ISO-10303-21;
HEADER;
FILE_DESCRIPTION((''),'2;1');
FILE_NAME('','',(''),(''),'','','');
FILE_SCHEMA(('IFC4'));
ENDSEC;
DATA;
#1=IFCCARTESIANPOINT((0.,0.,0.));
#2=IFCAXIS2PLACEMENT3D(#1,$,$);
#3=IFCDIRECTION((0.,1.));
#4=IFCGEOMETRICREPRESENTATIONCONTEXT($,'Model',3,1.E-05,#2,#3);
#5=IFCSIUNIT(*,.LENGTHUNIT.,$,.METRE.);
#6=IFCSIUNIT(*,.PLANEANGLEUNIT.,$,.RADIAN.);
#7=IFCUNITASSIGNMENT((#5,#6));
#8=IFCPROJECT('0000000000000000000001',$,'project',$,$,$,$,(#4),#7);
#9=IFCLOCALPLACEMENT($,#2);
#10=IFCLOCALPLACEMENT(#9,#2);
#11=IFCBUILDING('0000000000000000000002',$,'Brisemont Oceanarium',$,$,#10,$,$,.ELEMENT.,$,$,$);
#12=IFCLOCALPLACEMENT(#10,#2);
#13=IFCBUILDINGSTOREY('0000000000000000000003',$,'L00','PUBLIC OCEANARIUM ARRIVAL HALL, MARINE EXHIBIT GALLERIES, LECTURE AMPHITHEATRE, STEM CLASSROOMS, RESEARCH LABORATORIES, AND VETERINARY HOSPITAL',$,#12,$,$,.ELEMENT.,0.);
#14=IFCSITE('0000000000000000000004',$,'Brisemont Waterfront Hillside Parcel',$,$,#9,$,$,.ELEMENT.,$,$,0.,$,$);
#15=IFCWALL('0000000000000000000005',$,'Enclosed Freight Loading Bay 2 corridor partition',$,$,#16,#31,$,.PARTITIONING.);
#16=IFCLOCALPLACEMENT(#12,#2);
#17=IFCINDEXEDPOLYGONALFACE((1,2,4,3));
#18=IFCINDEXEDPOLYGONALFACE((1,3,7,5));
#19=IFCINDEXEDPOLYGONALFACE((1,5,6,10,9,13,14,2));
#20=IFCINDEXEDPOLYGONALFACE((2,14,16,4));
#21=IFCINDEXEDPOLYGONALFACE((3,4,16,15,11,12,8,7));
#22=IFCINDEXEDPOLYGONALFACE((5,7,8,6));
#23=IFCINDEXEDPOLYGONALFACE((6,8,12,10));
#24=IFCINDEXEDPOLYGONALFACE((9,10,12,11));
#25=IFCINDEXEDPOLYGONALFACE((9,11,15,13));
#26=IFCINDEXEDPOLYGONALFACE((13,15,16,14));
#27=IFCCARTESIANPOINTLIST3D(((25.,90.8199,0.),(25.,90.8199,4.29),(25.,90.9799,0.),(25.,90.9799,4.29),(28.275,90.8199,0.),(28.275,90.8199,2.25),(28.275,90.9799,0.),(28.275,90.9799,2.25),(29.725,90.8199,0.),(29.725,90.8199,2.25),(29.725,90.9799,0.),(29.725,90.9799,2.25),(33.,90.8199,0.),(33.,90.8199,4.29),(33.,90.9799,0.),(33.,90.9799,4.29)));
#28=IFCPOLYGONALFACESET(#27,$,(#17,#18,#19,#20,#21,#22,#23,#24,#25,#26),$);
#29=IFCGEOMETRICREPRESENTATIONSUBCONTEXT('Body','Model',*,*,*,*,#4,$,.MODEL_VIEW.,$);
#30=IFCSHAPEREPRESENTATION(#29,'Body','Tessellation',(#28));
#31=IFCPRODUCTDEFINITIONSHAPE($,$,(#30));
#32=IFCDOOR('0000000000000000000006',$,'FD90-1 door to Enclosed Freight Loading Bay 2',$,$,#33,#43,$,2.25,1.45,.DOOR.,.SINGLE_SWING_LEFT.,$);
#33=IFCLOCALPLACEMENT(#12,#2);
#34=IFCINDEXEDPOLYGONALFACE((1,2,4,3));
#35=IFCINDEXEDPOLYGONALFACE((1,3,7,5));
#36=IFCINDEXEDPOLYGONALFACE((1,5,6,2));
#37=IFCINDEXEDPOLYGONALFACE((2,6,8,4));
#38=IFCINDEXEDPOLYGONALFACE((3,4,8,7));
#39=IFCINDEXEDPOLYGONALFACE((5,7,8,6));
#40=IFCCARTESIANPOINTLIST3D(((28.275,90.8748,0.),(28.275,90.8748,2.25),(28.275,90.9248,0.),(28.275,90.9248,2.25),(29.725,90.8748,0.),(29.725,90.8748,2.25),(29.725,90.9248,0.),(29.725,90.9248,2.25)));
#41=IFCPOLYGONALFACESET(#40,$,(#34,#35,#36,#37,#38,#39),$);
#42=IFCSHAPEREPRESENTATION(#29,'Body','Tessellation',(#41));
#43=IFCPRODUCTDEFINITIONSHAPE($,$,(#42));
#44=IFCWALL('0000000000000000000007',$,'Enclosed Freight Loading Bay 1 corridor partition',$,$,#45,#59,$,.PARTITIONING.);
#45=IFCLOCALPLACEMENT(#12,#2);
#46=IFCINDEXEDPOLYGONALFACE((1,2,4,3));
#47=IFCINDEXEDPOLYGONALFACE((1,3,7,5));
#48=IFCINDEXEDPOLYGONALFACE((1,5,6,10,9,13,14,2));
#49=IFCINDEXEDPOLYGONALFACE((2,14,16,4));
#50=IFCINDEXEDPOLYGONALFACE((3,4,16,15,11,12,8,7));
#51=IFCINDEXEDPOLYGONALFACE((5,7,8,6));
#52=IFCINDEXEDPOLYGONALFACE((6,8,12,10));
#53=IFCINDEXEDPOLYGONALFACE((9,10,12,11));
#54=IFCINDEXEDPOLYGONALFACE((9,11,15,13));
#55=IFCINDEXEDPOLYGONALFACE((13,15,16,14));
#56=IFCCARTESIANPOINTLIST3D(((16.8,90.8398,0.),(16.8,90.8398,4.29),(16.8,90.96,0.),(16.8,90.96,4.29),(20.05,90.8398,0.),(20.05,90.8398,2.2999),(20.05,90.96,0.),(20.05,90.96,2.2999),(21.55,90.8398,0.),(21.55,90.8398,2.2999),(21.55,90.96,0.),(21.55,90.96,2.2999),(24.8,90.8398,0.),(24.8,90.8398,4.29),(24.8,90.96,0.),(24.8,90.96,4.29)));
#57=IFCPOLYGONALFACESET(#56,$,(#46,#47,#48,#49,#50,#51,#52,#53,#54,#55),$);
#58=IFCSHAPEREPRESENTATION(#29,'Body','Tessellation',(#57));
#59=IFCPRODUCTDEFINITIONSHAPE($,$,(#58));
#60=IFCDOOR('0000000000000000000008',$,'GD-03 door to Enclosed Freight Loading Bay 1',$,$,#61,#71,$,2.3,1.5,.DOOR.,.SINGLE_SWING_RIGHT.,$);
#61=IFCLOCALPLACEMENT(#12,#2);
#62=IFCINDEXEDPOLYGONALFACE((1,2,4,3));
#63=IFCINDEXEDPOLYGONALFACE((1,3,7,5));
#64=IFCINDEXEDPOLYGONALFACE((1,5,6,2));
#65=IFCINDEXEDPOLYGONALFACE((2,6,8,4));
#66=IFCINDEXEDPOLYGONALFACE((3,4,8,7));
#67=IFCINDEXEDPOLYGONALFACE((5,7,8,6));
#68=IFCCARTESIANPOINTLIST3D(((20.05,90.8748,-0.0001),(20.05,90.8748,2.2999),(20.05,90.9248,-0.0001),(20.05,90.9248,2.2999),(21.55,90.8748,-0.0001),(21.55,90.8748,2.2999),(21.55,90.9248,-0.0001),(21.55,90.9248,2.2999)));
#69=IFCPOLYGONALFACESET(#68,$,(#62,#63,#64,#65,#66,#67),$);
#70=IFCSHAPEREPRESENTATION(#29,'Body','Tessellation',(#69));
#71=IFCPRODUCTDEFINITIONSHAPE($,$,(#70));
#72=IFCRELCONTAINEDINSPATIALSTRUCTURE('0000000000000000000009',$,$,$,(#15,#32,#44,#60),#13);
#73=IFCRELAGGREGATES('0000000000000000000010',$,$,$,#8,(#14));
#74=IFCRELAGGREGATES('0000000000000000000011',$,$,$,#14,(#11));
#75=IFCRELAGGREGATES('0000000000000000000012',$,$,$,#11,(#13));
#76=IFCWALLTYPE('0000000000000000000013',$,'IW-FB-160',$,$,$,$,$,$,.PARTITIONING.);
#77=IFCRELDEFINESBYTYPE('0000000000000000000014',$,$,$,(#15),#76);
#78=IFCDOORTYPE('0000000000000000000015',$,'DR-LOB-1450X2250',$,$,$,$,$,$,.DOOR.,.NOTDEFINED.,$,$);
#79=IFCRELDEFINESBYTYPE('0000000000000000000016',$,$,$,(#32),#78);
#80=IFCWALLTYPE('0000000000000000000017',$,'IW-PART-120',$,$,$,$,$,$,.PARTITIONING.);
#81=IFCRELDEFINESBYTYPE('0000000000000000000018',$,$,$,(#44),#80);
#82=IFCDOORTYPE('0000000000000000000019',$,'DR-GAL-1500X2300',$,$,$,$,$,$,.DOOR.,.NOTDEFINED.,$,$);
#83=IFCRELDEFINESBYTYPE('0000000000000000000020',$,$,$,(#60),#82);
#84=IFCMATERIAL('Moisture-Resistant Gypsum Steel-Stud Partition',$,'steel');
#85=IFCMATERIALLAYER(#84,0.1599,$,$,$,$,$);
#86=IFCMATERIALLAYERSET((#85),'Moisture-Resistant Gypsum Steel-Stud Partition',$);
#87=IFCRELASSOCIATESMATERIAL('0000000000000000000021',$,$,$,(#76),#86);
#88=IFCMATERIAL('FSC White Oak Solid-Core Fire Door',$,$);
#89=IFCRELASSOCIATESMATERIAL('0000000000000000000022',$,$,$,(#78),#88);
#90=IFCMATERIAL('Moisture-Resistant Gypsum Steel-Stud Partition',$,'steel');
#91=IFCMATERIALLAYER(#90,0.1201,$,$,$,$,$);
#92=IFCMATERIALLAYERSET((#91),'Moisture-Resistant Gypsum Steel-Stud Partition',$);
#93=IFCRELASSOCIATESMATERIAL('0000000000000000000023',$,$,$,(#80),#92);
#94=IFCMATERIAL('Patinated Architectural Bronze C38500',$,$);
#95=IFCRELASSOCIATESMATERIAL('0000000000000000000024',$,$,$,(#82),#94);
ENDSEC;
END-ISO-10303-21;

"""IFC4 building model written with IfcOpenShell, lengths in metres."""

from ifc_helpers import new_model, si_unit, direction, frame, frame_2d, origin, place, context, subcontext, project, spatial, rectangle, extrude, material, layer, layer_set, type_object, element, fill, save


model = new_model("IFC4")

# Units and contexts
model_context = context("Model", 3, precision=1e-05, world=origin(), true_north=direction((0.0, 1.0)))
body_context = subcontext(model_context, "Body", "Model", "MODEL_VIEW")
ifc_project = project(units=[si_unit("LENGTHUNIT", "METRE"), si_unit("PLANEANGLEUNIT", "RADIAN")], contexts=[model_context])

# Site, building, storey
site_placement = place(None, origin())
site = spatial("IfcSite", under=ifc_project, at=site_placement, Name="Brisemont Waterfront Hillside Parcel", CompositionType="ELEMENT", RefElevation=0.0)
building_placement = place(site_placement, origin())
building = spatial("IfcBuilding", under=site, at=building_placement, Name="Brisemont Oceanarium", CompositionType="ELEMENT")
storey_placement = place(building_placement, origin())
storey = spatial("IfcBuildingStorey", under=building, at=storey_placement, Name="L00", Description="PUBLIC OCEANARIUM ARRIVAL HALL, MARINE EXHIBIT GALLERIES, LECTURE AMPHITHEATRE, STEM CLASSROOMS, RESEARCH LABORATORIES, AND VETERINARY HOSPITAL", CompositionType="ELEMENT", Elevation=0.0)

# Walls, openings, doors
ifc_material_1 = material(Name="Moisture-Resistant Gypsum Steel-Stud Partition", Category="steel")
ifc_layer_1 = layer(ifc_material_1, 0.1599)
ifc_layer_set_1 = layer_set([ifc_layer_1], Name="Moisture-Resistant Gypsum Steel-Stud Partition")
wall_type_1 = type_object("IfcWallType", Name="IW-FB-160", PredefinedType="PARTITIONING", material=ifc_layer_set_1)
wall_1_placement = place(storey_placement, frame((25.0, 90.8999, 0.0), z_axis=(0.0, 0.0, 1.0), x_axis=(1.0, 0.0, 0.0)))
wall_1 = element("IfcWall", 1, at=wall_1_placement, inside=storey, type_object=wall_type_1, Name="Enclosed Freight Loading Bay 2 corridor partition", PredefinedType="PARTITIONING", context=body_context, shape_type="SweptSolid", body=[
    extrude(rectangle(XDim=8.0, YDim=0.1599, at=frame_2d((4.0, 0.0))), origin(), (0.0, 0.0, 1.0), 4.29),
])
opening_1_placement = place(wall_1_placement, frame((3.2749, 0.0, 0.0)))
opening_1 = element("IfcOpeningElement", 2, at=opening_1_placement, cuts=wall_1, PredefinedType="OPENING", context=body_context, shape_type="SweptSolid", body=[
    extrude(rectangle(XDim=1.45, YDim=2.25, at=frame_2d((0.7251, 1.125))), frame((0.0, 0.0898, 0.0), z_axis=(0.0, -1.0, 0.0), x_axis=(1.0, 0.0, 0.0)), (0.0, 0.0, 1.0), 0.1799),
])
ifc_material_2 = material(Name="FSC White Oak Solid-Core Fire Door")
door_type_1 = type_object("IfcDoorType", Name="DR-LOB-1450X2250", OperationType="NOTDEFINED", PredefinedType="DOOR", material=ifc_material_2)
door_1_placement = place(opening_1_placement, origin())
door_1 = element("IfcDoor", 3, at=door_1_placement, inside=storey, type_object=door_type_1, Name="FD90-1 door to Enclosed Freight Loading Bay 2", OperationType="SINGLE_SWING_LEFT", OverallHeight=2.25, OverallWidth=1.45, PredefinedType="DOOR", context=body_context, shape_type="SweptSolid", body=[
    extrude(rectangle(XDim=1.45, YDim=2.25, at=frame_2d((0.7251, 1.125))), frame((0.0, 0.0249, 0.0), z_axis=(0.0, -1.0, 0.0), x_axis=(1.0, 0.0, 0.0)), (0.0, 0.0, 1.0), 0.05),
])
fill(opening_1, door_1)
ifc_material_3 = material(Name="Moisture-Resistant Gypsum Steel-Stud Partition", Category="steel")
ifc_layer_2 = layer(ifc_material_3, 0.1201)
ifc_layer_set_2 = layer_set([ifc_layer_2], Name="Moisture-Resistant Gypsum Steel-Stud Partition")
wall_type_2 = type_object("IfcWallType", Name="IW-PART-120", PredefinedType="PARTITIONING", material=ifc_layer_set_2)
wall_2_placement = place(storey_placement, frame((16.8, 90.8999, 0.0), z_axis=(0.0, 0.0, 1.0), x_axis=(1.0, 0.0, 0.0)))
wall_2 = element("IfcWall", 4, at=wall_2_placement, inside=storey, type_object=wall_type_2, Name="Enclosed Freight Loading Bay 1 corridor partition", PredefinedType="PARTITIONING", context=body_context, shape_type="SweptSolid", body=[
    extrude(rectangle(XDim=8.0, YDim=0.1201, at=frame_2d((4.0, 0.0))), origin(), (0.0, 0.0, 1.0), 4.29),
])
opening_2_placement = place(wall_2_placement, frame((3.25, 0.0, 0.0)))
opening_2 = element("IfcOpeningElement", 5, at=opening_2_placement, cuts=wall_2, PredefinedType="OPENING", context=body_context, shape_type="SweptSolid", body=[
    extrude(rectangle(XDim=1.5, YDim=2.3, at=frame_2d((0.75, 1.1499))), frame((0.0, 0.0701, 0.0), z_axis=(0.0, -1.0, 0.0), x_axis=(1.0, 0.0, 0.0)), (0.0, 0.0, 1.0), 0.1401),
])
ifc_material_4 = material(Name="Patinated Architectural Bronze C38500")
door_type_2 = type_object("IfcDoorType", Name="DR-GAL-1500X2300", OperationType="NOTDEFINED", PredefinedType="DOOR", material=ifc_material_4)
door_2_placement = place(opening_2_placement, origin())
door_2 = element("IfcDoor", 6, at=door_2_placement, inside=storey, type_object=door_type_2, Name="GD-03 door to Enclosed Freight Loading Bay 1", OperationType="SINGLE_SWING_RIGHT", OverallHeight=2.3, OverallWidth=1.5, PredefinedType="DOOR", context=body_context, shape_type="SweptSolid", body=[
    extrude(rectangle(XDim=1.5, YDim=2.3, at=frame_2d((0.75, 1.1499))), frame((0.0, 0.0249, 0.0), z_axis=(0.0, -1.0, 0.0), x_axis=(1.0, 0.0, 0.0)), (0.0, 0.0, 1.0), 0.05),
])
fill(opening_2, door_2)

save(model, "model.ifc")
